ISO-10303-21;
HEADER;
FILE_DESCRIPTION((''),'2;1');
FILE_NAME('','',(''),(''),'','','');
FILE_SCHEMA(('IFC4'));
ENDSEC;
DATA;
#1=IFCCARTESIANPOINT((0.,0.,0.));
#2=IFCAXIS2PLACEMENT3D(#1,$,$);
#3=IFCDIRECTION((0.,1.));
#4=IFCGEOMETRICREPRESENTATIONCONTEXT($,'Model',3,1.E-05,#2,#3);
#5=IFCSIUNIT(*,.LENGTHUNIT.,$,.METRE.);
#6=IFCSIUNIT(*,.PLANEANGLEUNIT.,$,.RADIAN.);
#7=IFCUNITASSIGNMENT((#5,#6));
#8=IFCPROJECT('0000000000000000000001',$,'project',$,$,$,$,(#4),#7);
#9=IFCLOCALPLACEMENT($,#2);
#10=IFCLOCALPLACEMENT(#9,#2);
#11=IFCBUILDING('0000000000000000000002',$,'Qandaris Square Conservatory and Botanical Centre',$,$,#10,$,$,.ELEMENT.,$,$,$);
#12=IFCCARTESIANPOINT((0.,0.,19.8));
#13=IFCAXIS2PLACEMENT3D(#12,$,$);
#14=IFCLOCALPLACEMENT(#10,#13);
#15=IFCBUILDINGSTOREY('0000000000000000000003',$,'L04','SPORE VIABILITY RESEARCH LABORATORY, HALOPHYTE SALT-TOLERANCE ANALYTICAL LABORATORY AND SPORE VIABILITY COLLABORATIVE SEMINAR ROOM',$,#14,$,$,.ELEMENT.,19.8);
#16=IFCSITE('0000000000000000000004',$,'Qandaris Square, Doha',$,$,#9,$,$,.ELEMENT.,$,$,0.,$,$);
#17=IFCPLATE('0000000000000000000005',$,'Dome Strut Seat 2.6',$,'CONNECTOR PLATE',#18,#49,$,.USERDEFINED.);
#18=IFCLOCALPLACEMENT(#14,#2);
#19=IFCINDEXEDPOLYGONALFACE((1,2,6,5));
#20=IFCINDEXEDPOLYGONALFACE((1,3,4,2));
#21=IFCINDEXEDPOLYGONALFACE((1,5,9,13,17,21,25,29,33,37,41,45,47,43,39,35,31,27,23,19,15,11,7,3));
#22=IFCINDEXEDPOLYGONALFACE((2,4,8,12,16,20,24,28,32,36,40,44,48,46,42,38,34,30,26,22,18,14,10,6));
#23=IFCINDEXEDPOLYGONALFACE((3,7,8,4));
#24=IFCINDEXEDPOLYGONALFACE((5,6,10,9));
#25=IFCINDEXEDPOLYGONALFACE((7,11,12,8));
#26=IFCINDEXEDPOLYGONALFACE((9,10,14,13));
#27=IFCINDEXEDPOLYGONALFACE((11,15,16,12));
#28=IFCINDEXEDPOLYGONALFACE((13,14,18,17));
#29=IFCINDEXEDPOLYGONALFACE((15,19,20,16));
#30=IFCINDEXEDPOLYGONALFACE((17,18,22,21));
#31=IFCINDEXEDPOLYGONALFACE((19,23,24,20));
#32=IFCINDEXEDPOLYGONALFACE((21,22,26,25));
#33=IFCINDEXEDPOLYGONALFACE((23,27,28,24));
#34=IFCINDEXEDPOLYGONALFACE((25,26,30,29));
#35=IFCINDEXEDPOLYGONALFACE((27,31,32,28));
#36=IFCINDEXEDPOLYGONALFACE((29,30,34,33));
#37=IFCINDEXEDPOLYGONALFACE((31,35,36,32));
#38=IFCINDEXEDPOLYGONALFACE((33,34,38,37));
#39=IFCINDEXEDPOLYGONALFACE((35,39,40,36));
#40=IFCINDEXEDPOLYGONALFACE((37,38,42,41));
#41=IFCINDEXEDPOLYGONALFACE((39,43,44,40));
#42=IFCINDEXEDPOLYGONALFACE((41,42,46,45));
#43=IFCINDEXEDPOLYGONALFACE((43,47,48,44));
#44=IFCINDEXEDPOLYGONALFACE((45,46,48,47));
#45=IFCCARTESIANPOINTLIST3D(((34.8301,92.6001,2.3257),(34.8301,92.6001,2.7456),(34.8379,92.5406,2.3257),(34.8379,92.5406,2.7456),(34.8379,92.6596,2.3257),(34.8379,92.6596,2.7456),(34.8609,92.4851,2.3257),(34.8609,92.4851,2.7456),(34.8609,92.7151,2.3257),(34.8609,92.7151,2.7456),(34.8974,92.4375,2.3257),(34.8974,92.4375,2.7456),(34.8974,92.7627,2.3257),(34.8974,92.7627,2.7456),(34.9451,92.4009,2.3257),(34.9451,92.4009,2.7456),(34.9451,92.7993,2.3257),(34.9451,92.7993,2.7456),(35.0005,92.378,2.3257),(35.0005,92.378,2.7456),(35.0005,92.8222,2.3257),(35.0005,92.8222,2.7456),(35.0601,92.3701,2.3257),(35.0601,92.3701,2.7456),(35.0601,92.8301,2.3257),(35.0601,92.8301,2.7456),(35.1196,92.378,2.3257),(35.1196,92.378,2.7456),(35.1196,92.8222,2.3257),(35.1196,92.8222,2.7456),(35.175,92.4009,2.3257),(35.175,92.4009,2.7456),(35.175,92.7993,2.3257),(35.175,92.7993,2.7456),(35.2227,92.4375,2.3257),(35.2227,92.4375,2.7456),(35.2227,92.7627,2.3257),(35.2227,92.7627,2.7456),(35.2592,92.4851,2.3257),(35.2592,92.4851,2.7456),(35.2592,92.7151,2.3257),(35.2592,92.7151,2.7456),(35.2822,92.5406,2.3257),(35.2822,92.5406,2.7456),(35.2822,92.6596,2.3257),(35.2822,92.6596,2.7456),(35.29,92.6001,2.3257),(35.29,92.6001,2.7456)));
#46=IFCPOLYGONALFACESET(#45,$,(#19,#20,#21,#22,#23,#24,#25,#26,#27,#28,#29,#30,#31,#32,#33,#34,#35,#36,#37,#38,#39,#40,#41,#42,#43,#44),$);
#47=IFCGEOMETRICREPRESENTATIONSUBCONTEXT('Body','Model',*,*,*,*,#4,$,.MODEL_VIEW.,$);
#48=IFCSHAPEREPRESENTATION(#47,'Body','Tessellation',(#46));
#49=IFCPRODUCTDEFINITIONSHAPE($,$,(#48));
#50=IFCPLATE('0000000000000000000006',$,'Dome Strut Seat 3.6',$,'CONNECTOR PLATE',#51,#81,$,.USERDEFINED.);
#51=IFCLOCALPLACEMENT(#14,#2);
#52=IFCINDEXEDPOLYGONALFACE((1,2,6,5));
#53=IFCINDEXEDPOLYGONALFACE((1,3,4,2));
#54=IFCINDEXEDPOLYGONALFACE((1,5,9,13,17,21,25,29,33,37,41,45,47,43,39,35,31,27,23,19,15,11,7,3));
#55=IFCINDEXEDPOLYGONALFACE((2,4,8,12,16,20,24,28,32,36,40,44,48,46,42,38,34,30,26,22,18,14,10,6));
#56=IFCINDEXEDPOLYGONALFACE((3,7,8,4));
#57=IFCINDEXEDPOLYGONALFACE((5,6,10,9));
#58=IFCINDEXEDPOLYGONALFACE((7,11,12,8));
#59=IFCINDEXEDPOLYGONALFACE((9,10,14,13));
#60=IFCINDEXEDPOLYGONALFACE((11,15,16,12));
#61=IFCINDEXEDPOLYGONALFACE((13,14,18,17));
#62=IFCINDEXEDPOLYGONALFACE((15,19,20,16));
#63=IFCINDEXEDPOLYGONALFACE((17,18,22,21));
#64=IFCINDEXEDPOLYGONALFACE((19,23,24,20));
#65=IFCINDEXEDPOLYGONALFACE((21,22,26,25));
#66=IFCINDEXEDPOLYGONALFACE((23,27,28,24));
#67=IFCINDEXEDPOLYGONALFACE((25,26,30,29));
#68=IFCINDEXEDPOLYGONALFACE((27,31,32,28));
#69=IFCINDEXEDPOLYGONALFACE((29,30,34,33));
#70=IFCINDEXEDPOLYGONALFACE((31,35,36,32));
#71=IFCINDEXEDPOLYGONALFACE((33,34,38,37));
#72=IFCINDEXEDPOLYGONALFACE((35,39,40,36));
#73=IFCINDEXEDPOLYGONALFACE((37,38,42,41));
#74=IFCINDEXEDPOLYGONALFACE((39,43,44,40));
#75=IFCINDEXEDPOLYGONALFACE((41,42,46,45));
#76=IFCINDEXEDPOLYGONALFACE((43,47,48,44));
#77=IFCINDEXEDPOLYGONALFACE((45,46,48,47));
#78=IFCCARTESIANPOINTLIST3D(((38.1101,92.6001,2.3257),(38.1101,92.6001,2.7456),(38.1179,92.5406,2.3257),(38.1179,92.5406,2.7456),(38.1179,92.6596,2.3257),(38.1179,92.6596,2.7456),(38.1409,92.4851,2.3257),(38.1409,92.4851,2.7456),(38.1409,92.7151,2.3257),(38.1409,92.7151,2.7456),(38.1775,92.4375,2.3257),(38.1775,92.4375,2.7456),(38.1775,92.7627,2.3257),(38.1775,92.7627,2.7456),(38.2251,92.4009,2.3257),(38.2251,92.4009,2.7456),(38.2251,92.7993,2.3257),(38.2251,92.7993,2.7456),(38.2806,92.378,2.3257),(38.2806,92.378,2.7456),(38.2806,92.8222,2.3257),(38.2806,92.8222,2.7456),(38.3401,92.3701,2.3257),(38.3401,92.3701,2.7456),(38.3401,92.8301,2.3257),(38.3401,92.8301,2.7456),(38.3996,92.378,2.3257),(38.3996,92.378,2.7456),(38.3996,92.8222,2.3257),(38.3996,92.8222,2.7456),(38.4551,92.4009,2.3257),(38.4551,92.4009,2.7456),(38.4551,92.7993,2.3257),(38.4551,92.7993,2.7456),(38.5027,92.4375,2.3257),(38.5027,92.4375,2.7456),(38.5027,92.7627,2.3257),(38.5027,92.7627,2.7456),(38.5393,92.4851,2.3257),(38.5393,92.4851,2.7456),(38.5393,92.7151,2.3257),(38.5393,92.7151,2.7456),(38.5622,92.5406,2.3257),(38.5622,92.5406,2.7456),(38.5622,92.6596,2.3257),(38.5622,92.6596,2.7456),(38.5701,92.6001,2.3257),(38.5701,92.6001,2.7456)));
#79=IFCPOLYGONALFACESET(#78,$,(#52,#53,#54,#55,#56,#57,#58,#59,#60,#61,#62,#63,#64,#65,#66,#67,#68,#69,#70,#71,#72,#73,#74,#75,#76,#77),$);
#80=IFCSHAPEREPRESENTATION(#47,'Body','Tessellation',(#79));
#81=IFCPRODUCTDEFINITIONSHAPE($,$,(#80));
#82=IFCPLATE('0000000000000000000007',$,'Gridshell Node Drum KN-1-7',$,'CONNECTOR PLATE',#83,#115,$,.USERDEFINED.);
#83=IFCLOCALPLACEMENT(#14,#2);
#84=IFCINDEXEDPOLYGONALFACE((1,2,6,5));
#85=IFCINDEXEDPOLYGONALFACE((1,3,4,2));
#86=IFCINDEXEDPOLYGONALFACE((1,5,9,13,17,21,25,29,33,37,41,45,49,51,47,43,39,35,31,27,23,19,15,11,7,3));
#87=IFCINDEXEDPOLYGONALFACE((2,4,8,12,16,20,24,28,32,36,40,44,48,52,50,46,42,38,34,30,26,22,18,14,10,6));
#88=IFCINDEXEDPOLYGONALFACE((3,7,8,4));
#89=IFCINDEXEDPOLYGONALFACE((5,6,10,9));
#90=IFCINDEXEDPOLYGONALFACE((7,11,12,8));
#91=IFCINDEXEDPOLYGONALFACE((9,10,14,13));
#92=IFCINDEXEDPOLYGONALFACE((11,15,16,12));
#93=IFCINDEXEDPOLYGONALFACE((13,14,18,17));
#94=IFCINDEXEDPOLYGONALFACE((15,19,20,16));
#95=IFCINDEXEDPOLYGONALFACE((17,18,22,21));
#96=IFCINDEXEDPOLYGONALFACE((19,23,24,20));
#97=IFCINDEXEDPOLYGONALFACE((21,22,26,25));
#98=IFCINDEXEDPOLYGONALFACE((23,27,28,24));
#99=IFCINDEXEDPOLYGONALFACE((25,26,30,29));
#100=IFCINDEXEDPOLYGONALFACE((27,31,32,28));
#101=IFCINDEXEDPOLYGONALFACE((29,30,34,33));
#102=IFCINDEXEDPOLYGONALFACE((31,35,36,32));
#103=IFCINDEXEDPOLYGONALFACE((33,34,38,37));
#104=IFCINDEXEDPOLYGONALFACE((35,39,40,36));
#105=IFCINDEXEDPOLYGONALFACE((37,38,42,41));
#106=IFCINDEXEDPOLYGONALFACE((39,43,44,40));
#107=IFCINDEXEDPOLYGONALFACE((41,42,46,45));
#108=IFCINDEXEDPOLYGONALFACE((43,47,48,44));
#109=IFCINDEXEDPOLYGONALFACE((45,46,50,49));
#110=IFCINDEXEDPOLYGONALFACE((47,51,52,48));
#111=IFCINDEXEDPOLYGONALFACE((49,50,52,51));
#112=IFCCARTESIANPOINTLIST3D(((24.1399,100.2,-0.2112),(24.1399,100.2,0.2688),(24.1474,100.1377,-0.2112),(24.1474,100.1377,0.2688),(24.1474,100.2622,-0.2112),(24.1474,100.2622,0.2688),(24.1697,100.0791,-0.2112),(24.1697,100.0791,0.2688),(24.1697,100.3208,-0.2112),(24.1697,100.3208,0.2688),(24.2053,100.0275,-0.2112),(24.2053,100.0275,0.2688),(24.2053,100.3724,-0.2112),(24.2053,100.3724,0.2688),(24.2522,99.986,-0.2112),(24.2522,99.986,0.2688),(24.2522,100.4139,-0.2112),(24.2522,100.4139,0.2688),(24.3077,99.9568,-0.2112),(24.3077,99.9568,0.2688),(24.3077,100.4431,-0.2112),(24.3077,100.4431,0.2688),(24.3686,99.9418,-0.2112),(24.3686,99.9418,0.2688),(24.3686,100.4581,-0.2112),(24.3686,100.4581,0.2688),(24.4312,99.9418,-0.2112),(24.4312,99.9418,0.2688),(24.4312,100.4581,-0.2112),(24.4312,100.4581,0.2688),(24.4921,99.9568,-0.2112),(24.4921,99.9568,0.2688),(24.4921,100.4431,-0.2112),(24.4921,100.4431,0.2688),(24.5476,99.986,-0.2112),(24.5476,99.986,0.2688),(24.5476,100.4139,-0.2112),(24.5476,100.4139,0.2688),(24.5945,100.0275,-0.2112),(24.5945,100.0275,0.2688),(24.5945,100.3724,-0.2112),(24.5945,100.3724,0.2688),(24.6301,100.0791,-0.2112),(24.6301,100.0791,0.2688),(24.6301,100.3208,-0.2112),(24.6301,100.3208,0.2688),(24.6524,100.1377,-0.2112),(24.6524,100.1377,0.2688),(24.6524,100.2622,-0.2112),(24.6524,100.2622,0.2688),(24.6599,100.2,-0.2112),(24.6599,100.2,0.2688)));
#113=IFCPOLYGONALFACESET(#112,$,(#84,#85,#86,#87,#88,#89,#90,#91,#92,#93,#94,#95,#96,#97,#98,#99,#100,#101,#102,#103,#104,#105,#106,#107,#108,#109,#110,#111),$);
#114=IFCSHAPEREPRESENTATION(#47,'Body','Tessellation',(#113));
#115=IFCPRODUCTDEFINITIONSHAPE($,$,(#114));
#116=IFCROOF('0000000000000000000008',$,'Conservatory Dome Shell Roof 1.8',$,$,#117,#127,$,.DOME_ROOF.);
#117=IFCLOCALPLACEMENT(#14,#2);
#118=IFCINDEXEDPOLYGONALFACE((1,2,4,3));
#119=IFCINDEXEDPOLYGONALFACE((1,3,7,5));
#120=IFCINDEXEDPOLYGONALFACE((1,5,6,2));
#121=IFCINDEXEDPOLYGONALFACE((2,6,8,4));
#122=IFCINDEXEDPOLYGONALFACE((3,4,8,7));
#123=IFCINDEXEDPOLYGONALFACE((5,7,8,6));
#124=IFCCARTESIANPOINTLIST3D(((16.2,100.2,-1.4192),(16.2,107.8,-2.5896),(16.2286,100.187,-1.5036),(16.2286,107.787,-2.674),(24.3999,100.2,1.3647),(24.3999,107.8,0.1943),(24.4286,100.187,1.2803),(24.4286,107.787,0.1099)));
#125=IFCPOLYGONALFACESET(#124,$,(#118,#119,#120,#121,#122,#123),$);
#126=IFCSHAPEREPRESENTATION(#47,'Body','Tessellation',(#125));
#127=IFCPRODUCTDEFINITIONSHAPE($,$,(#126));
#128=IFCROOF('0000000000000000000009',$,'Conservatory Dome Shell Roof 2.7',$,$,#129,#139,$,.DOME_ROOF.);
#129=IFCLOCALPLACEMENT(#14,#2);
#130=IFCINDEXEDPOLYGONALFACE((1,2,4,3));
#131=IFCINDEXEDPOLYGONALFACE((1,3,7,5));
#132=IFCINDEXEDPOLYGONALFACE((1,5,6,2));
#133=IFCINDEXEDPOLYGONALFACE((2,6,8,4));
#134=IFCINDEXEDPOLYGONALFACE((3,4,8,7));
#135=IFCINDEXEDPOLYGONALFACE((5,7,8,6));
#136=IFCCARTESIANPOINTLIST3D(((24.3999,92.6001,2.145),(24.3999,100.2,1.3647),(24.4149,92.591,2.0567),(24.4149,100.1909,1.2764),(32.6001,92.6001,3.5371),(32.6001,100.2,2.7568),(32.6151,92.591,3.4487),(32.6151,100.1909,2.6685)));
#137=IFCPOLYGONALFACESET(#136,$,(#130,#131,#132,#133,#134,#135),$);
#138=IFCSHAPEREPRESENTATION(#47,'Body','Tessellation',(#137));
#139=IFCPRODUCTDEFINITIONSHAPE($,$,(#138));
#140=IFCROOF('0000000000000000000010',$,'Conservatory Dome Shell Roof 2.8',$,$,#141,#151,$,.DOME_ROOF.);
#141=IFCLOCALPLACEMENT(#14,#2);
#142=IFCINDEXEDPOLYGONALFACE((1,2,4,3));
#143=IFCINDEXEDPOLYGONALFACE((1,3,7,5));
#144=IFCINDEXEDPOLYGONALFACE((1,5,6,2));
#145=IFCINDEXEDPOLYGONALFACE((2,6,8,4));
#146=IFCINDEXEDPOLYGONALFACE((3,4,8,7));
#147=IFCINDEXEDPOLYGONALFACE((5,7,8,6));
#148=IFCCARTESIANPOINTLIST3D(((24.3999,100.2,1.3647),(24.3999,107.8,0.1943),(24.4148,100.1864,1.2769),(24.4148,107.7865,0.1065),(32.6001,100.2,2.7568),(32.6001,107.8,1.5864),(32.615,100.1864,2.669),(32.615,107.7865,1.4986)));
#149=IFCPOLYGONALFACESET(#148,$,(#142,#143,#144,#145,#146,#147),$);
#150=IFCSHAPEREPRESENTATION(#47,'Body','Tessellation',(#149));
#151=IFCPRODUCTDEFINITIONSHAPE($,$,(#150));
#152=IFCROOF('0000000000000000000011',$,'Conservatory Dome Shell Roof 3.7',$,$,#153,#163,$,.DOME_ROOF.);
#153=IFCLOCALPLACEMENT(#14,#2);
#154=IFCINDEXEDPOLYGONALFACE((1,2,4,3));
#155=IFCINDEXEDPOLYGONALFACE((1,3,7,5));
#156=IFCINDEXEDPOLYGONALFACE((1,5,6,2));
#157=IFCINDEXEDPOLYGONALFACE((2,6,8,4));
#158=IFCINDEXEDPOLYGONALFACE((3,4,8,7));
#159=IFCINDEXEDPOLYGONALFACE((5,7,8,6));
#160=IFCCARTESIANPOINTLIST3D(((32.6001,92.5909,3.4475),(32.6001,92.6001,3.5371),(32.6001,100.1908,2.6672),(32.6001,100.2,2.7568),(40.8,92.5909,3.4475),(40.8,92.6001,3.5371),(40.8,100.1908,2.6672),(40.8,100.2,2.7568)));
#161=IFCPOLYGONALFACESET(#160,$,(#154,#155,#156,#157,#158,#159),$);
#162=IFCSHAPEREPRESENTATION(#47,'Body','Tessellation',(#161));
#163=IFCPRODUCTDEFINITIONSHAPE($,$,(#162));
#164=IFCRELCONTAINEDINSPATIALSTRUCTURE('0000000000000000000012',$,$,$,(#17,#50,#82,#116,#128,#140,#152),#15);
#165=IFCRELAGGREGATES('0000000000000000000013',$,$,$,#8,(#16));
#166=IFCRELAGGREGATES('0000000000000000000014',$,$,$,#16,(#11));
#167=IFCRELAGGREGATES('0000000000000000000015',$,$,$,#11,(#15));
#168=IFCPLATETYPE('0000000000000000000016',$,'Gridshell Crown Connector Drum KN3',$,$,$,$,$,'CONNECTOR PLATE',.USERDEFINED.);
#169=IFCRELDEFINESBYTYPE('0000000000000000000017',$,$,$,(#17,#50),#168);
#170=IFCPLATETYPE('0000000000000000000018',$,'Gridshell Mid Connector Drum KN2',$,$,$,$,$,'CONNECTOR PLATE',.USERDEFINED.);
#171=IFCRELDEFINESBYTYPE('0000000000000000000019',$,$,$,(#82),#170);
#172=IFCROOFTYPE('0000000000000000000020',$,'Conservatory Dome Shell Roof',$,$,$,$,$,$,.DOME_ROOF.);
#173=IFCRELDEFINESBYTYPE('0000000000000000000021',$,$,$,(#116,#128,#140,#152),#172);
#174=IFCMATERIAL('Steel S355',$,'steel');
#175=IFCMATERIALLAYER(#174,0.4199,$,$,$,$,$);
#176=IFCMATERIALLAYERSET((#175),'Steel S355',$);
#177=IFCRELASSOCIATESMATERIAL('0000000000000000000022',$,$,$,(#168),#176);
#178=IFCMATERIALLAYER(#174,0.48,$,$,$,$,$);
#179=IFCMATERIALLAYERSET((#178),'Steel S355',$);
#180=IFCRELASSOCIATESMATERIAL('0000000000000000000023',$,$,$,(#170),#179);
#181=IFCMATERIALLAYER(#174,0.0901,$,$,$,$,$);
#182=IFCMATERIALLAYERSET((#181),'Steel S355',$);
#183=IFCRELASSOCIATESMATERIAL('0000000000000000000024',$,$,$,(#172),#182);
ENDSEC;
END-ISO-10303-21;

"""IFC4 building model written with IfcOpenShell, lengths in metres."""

from ifc_helpers import new_model, si_unit, direction, frame, origin, origin_2d, place, context, subcontext, project, spatial, polyline, circle, outline, extrude, material, layer, layer_set, type_object, element, save


model = new_model("IFC4")

# Units and contexts
model_context = context("Model", 3, precision=1e-05, world=origin(), true_north=direction((0.0, 1.0)))
body_context = subcontext(model_context, "Body", "Model", "MODEL_VIEW")
ifc_project = project(units=[si_unit("LENGTHUNIT", "METRE"), si_unit("PLANEANGLEUNIT", "RADIAN")], contexts=[model_context])

# Site, building, storey
site_placement = place(None, origin())
site = spatial("IfcSite", under=ifc_project, at=site_placement, Name="Qandaris Square, Doha", CompositionType="ELEMENT", RefElevation=0.0)
building_placement = place(site_placement, origin())
building = spatial("IfcBuilding", under=site, at=building_placement, Name="Qandaris Square Conservatory and Botanical Centre", CompositionType="ELEMENT")
storey_placement = place(building_placement, frame((0.0, 0.0, 19.8)))
storey = spatial("IfcBuildingStorey", under=building, at=storey_placement, Name="L04", Description="SPORE VIABILITY RESEARCH LABORATORY, HALOPHYTE SALT-TOLERANCE ANALYTICAL LABORATORY AND SPORE VIABILITY COLLABORATIVE SEMINAR ROOM", CompositionType="ELEMENT", Elevation=19.8)

# Shared definitions
ifc_material = material(Name="Steel S355", Category="steel")

# Plates
ifc_layer_1 = layer(ifc_material, 0.4199)
ifc_layer_set_1 = layer_set([ifc_layer_1], Name="Steel S355")
plate_type_1 = type_object("IfcPlateType", Name="Gridshell Crown Connector Drum KN3", ElementType="CONNECTOR PLATE", PredefinedType="USERDEFINED", material=ifc_layer_set_1)
for number, where, z_axis, x_axis, name in (
    (1, (35.0601, 92.6001, 2.3257), (0.0, 0.0, 1.0), (1.0, 0.0, 0.0), "Dome Strut Seat 2.6"),
    (2, (38.3401, 92.6001, 2.3257), (0.0, 0.0, 1.0), (1.0, 0.0, 0.0), "Dome Strut Seat 3.6"),
):
    element("IfcPlate", number, at=place(storey_placement, frame(where, z_axis=z_axis, x_axis=x_axis)), inside=storey, type_object=plate_type_1, Name=name, ObjectType="CONNECTOR PLATE", PredefinedType="USERDEFINED", context=body_context, shape_type="SweptSolid", body=[
        extrude(circle(Radius=0.23, at=origin_2d()), origin(), (0.0, 0.0, 1.0), 0.4199),
    ])
ifc_layer_2 = layer(ifc_material, 0.48)
ifc_layer_set_2 = layer_set([ifc_layer_2], Name="Steel S355")
plate_type_2 = type_object("IfcPlateType", Name="Gridshell Mid Connector Drum KN2", ElementType="CONNECTOR PLATE", PredefinedType="USERDEFINED", material=ifc_layer_set_2)
plate_placement = place(storey_placement, frame((24.3999, 100.2, -0.2112), z_axis=(0.0, 0.0, 1.0), x_axis=(1.0, 0.0, 0.0)))
element("IfcPlate", 3, at=plate_placement, inside=storey, type_object=plate_type_2, Name="Gridshell Node Drum KN-1-7", ObjectType="CONNECTOR PLATE", PredefinedType="USERDEFINED", context=body_context, shape_type="SweptSolid", body=[
    extrude(circle(Radius=0.26, at=origin_2d()), origin(), (0.0, 0.0, 1.0), 0.48),
])

# Roofs
ifc_layer_3 = layer(ifc_material, 0.0901)
ifc_layer_set_3 = layer_set([ifc_layer_3], Name="Steel S355")
roof_type = type_object("IfcRoofType", Name="Conservatory Dome Shell Roof", PredefinedType="DOME_ROOF", material=ifc_layer_set_3)
roof_1_placement = place(storey_placement, frame((16.2, 100.2, -1.4192), z_axis=(-0.318119, 0.144298, 0.937005), x_axis=(0.946915, 0.0, 0.321484)))
element("IfcRoof", 4, at=roof_1_placement, inside=storey, type_object=roof_type, Name="Conservatory Dome Shell Roof 1.8", PredefinedType="DOME_ROOF", context=body_context, shape_type="SweptSolid", body=[
    extrude(outline(polyline([(0.0, 0.0), (8.6596, 0.0), (8.2834, 7.6805), (-0.3763, 7.6805), (0.0, 0.0)])), origin(), (0.0, 0.0, -1.0), 0.0901),
])
roof_2_placement = place(storey_placement, frame((24.3999, 92.6001, 2.145), z_axis=(-0.166518, 0.100707, 0.980882), x_axis=(0.985894, 0.0, 0.167368)))
element("IfcRoof", 5, at=roof_2_placement, inside=storey, type_object=roof_type, Name="Conservatory Dome Shell Roof 2.7", PredefinedType="DOME_ROOF", context=body_context, shape_type="SweptSolid", body=[
    extrude(outline(polyline([(0.0, 0.0), (8.3175, 0.0), (8.1869, 7.6387), (-0.1306, 7.6387), (0.0, 0.0)])), origin(), (0.0, 0.0, -1.0), 0.0901),
])
roof_3_placement = place(storey_placement, frame((24.3999, 100.2, 1.3647), z_axis=(-0.165472, 0.150107, 0.974724), x_axis=(0.985894, 0.0, 0.167368)))
element("IfcRoof", 6, at=roof_3_placement, inside=storey, type_object=roof_type, Name="Conservatory Dome Shell Roof 2.8", PredefinedType="DOME_ROOF", context=body_context, shape_type="SweptSolid", body=[
    extrude(outline(polyline([(0.0, 0.0), (8.3175, 0.0), (8.1216, 7.6872), (-0.1959, 7.6872), (0.0, 0.0)])), origin(), (0.0, 0.0, -1.0), 0.0901),
])
roof_4_placement = place(storey_placement, frame((32.6001, 92.6001, 3.5371), z_axis=(0.0, 0.102133, 0.994771), x_axis=(1.0, 0.0, 0.0)))
element("IfcRoof", 7, at=roof_4_placement, inside=storey, type_object=roof_type, Name="Conservatory Dome Shell Roof 3.7", PredefinedType="DOME_ROOF", context=body_context, shape_type="SweptSolid", body=[
    extrude(outline(polyline([(0.0, 0.0), (8.2, 0.0), (8.2, 7.6398), (0.0, 7.6398), (0.0, 0.0)])), origin(), (0.0, 0.0, -1.0), 0.0901),
])

save(model, "model.ifc")
